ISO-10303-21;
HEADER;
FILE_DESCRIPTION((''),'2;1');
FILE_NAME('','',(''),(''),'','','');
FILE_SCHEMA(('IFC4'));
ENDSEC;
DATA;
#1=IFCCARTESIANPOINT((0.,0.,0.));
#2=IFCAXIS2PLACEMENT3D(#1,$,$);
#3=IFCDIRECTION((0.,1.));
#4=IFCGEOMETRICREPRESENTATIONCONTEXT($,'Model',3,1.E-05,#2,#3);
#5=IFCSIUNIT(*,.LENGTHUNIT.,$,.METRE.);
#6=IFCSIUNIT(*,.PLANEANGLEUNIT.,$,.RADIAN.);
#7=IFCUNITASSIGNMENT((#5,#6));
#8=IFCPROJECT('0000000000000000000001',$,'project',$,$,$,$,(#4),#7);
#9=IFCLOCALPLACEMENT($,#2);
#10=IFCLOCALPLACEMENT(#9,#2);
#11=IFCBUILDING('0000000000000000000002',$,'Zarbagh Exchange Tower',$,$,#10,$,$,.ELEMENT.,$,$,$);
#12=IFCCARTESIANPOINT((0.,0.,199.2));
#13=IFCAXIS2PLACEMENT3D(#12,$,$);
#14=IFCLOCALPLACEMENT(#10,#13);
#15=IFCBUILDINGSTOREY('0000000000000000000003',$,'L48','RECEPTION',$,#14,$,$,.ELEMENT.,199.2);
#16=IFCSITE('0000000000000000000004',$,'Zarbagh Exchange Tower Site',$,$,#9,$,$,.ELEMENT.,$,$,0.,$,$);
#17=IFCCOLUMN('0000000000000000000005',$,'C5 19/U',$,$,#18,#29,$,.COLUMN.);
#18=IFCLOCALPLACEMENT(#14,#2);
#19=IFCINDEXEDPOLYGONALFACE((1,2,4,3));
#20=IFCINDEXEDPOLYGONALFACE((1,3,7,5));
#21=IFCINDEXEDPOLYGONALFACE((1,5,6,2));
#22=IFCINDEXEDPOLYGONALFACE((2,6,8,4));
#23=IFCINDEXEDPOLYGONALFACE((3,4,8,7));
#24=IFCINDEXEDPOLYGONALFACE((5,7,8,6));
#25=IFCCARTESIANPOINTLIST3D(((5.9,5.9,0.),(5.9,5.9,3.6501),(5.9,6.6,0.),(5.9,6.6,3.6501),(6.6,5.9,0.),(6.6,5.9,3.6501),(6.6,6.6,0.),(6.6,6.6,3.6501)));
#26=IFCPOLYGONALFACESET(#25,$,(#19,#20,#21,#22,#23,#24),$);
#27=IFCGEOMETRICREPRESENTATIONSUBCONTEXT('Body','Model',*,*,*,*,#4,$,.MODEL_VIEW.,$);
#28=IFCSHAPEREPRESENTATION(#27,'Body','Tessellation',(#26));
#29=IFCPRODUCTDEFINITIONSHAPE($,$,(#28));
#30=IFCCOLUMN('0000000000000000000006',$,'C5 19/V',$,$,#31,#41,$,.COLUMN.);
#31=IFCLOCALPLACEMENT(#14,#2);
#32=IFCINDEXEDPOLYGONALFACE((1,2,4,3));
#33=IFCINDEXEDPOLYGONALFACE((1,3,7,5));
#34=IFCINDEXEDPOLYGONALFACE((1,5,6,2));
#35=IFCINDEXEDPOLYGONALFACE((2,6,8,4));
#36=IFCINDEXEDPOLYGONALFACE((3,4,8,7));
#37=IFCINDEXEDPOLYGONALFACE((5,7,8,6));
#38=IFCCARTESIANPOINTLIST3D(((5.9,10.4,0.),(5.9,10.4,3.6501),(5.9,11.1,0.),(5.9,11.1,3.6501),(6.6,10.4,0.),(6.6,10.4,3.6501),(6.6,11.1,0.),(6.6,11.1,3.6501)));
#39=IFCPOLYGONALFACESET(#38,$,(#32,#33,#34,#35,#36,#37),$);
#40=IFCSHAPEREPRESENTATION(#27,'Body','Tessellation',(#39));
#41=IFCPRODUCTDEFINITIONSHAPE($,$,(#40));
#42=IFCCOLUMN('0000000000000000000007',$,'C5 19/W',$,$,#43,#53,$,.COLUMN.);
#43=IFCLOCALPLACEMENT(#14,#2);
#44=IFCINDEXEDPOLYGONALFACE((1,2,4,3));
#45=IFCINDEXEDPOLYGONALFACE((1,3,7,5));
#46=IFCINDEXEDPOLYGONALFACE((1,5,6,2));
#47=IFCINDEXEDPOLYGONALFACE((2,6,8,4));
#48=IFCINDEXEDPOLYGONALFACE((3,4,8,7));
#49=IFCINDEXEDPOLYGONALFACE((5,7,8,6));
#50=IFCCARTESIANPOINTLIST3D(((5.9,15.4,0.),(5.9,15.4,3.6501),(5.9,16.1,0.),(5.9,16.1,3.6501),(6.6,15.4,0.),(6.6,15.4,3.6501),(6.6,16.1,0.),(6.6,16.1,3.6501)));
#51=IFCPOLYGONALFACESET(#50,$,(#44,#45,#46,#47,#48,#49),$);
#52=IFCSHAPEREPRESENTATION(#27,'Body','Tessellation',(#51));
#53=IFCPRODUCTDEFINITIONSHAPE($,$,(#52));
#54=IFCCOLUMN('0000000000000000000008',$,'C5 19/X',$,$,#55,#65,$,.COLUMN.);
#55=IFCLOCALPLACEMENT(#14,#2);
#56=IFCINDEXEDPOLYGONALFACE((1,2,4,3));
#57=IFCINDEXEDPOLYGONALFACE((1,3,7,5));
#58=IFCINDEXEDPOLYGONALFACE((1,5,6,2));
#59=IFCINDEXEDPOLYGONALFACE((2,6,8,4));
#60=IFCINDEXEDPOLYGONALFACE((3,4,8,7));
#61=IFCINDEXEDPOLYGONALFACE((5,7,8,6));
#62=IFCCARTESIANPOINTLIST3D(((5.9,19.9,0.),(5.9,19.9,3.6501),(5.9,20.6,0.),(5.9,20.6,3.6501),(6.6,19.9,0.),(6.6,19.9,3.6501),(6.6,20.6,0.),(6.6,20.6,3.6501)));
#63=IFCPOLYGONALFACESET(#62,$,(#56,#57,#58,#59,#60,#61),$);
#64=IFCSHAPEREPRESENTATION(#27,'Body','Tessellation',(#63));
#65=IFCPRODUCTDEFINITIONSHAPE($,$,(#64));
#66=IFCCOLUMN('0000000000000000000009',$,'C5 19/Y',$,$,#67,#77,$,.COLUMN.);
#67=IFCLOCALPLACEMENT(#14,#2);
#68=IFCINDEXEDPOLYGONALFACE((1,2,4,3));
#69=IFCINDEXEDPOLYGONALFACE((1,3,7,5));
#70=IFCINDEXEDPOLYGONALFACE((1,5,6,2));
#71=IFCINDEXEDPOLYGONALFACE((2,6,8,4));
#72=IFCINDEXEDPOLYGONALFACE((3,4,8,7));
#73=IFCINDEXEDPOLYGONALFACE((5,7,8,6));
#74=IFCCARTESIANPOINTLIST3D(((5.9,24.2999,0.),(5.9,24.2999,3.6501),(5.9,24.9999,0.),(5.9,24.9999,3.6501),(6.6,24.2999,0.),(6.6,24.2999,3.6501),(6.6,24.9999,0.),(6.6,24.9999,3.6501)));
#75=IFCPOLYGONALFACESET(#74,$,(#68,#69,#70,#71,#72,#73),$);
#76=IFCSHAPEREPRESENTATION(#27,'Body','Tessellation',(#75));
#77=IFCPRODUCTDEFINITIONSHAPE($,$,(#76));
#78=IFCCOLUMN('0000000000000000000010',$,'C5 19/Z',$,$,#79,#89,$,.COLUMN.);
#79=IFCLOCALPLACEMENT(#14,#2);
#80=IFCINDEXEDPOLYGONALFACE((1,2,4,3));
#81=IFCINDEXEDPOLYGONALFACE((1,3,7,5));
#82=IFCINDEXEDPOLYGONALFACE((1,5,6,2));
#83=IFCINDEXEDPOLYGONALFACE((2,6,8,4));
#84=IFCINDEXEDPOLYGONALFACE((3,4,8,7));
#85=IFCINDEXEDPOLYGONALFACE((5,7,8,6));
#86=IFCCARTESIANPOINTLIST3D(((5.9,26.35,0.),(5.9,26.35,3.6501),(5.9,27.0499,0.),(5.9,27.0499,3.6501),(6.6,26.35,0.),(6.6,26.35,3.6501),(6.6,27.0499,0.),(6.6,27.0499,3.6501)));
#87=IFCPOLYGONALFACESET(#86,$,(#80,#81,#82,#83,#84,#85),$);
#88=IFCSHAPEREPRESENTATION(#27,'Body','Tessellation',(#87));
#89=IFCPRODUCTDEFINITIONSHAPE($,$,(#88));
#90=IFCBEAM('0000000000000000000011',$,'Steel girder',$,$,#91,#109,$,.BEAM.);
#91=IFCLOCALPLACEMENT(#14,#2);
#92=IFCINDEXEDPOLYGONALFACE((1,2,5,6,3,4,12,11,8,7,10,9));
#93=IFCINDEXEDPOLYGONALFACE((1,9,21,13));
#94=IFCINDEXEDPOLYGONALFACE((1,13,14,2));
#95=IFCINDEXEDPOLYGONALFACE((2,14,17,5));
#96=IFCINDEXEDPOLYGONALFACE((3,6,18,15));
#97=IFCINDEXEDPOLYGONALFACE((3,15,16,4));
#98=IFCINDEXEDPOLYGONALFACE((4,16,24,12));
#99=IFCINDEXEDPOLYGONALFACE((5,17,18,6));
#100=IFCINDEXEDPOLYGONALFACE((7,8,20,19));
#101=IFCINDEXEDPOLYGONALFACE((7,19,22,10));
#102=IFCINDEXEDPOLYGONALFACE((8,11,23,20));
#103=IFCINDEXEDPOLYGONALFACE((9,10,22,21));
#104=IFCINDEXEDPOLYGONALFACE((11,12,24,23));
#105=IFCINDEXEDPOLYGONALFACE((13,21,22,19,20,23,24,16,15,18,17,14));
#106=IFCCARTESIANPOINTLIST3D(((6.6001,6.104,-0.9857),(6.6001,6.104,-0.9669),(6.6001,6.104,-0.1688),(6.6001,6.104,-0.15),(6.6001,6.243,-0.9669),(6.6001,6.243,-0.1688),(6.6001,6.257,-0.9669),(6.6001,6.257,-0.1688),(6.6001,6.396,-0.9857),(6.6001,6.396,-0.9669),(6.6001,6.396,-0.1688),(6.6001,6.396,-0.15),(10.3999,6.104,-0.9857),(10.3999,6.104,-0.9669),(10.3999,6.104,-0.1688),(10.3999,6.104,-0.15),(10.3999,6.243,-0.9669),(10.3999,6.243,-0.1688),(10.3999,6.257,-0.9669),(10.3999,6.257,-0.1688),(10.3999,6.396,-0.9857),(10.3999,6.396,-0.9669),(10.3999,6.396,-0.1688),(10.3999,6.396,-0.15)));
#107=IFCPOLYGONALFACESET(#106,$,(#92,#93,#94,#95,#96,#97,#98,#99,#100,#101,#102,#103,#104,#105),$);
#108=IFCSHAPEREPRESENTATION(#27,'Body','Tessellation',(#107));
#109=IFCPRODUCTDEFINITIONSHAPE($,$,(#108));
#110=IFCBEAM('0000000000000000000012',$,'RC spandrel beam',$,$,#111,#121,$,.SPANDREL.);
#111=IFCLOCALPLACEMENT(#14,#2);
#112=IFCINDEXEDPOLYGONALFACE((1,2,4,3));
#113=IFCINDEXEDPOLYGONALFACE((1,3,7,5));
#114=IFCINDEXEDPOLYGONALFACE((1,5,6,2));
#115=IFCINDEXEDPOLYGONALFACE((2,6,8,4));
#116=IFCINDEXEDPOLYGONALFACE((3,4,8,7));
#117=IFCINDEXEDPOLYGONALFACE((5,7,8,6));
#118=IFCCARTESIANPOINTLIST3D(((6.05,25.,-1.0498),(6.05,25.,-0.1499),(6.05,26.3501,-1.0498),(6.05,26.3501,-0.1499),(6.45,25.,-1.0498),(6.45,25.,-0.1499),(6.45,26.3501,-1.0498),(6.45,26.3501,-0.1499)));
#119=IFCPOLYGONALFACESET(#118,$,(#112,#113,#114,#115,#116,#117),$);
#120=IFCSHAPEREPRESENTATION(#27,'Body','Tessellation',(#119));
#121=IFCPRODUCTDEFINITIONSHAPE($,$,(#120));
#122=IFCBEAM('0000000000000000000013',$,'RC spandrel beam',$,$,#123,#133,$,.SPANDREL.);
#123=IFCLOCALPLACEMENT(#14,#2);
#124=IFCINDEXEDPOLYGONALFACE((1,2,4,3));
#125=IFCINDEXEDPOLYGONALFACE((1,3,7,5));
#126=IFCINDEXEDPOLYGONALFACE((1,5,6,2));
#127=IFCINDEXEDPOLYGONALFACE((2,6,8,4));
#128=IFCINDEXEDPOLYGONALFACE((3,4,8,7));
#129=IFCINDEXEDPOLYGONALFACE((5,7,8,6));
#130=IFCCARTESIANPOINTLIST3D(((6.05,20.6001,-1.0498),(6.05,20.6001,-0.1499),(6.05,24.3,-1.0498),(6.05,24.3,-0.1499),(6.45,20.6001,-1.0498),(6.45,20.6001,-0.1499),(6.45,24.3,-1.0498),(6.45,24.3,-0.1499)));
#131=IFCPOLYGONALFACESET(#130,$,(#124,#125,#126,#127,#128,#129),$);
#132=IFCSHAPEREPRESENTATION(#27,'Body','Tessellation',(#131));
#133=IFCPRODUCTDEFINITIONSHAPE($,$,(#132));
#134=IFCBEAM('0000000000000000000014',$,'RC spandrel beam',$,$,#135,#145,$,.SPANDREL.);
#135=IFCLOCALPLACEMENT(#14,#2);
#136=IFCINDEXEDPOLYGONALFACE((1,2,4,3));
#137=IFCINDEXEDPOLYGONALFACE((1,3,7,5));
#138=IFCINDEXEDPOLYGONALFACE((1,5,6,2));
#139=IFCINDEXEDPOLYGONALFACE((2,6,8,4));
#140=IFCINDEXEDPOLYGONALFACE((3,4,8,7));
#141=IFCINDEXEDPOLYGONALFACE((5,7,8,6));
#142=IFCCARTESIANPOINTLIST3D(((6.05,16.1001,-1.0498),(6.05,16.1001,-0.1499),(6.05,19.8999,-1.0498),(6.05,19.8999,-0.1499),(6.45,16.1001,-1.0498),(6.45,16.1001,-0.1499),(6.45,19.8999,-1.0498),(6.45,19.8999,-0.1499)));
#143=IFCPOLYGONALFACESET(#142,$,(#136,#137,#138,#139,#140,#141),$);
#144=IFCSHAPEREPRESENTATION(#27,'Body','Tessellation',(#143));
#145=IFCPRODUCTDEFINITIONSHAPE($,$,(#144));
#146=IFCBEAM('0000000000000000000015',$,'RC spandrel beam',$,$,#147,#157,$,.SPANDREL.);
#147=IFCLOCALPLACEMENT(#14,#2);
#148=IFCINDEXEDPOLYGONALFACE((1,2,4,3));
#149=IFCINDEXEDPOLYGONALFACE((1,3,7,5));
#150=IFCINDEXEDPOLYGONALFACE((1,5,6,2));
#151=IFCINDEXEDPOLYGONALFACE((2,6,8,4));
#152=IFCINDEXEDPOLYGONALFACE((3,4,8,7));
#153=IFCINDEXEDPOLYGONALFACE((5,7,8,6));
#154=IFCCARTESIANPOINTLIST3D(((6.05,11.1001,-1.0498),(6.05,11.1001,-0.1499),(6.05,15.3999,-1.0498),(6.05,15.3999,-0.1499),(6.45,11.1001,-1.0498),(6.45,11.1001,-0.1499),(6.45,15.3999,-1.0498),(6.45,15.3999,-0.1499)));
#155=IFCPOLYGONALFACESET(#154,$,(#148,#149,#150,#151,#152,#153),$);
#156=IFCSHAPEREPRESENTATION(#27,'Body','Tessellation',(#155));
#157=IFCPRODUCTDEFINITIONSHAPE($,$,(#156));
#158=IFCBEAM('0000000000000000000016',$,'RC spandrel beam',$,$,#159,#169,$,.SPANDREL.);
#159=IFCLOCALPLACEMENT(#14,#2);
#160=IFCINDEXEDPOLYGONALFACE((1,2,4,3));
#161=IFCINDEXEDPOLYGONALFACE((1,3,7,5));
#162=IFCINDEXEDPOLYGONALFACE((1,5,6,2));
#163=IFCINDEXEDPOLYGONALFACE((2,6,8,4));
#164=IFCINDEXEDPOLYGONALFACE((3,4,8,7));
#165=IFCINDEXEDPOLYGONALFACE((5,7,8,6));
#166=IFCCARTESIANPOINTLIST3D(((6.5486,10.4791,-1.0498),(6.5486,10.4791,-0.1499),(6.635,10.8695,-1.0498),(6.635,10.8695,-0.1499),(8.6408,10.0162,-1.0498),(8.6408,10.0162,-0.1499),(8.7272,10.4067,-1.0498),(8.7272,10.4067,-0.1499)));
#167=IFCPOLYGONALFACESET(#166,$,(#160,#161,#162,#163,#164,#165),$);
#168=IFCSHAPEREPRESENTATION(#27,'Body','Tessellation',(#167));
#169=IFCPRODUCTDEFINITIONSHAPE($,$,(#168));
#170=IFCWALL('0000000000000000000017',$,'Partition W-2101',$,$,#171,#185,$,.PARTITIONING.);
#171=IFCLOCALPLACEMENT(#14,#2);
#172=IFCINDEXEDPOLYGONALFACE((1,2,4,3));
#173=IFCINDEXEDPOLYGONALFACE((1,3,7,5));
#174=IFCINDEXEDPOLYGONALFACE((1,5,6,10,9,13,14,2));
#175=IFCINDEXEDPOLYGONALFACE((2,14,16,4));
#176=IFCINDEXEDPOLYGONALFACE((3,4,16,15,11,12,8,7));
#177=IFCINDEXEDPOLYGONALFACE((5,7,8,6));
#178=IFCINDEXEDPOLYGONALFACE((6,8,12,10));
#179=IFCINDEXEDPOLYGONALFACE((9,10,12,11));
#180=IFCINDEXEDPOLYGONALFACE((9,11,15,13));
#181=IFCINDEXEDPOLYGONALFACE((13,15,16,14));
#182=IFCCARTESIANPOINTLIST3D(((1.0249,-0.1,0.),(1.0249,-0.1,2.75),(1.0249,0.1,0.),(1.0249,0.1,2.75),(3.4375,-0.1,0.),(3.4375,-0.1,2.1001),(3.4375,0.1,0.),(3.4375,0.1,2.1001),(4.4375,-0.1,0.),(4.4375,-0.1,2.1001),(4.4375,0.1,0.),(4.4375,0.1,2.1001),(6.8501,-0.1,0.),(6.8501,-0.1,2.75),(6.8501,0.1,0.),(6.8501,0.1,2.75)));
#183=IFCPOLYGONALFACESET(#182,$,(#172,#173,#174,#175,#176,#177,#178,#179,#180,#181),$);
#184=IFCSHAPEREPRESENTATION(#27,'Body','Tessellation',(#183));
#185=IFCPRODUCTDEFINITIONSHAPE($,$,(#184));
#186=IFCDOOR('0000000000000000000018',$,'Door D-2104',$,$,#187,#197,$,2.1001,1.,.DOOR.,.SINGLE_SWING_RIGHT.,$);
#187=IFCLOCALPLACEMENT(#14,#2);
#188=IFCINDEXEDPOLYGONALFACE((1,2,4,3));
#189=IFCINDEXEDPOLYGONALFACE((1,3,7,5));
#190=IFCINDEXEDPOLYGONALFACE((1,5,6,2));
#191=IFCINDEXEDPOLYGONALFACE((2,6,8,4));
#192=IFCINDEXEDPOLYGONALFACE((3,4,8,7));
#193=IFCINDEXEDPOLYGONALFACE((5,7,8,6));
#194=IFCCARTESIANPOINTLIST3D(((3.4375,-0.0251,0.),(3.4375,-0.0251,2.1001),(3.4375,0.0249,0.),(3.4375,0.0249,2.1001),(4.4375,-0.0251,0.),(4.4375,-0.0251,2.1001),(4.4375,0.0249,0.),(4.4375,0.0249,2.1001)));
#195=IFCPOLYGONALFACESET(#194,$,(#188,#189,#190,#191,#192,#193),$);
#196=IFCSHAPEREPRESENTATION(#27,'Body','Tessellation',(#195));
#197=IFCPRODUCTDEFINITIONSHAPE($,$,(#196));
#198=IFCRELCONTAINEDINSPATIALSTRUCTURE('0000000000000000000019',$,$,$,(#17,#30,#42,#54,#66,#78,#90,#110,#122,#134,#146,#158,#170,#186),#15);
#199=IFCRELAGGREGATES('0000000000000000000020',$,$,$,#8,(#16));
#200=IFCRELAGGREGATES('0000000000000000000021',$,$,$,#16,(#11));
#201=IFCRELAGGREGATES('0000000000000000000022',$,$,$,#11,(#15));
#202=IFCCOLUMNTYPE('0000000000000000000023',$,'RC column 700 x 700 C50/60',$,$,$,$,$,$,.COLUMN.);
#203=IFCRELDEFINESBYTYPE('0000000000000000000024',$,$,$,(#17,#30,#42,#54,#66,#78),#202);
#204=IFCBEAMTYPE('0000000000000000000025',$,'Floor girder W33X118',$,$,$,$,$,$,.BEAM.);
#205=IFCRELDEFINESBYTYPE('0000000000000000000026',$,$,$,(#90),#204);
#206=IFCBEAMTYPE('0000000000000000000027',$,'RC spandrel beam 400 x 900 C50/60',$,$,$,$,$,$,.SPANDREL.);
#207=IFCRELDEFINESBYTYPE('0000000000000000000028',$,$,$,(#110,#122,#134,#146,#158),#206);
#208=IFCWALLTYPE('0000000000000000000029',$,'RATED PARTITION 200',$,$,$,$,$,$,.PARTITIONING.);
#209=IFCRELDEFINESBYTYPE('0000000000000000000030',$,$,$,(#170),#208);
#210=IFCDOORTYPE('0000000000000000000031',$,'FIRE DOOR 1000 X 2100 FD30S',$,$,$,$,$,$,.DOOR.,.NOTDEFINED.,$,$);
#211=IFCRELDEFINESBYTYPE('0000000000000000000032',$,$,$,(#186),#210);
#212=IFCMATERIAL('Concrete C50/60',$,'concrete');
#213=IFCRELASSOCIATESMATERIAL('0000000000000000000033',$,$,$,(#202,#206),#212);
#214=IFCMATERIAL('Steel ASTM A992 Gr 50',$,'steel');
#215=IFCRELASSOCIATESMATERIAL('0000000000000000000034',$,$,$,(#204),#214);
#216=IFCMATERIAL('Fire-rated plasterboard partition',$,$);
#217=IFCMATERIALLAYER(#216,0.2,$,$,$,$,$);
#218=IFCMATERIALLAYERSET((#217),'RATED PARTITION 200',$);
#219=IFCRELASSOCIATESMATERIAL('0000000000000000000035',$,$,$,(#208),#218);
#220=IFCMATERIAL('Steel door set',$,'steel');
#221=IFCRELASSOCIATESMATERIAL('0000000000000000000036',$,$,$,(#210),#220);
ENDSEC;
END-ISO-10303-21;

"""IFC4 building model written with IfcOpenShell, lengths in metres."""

from ifc_helpers import new_model, si_unit, direction, frame, frame_2d, origin, origin_2d, place, context, subcontext, project, spatial, rectangle, i_section, extrude, material, layer, layer_set, material_profile, profile_set, type_object, element, fill, save


model = new_model("IFC4")

# Units and contexts
model_context = context("Model", 3, precision=1e-05, world=origin(), true_north=direction((0.0, 1.0)))
body_context = subcontext(model_context, "Body", "Model", "MODEL_VIEW")
ifc_project = project(units=[si_unit("LENGTHUNIT", "METRE"), si_unit("PLANEANGLEUNIT", "RADIAN")], contexts=[model_context])

# Site, building, storey
site_placement = place(None, origin())
site = spatial("IfcSite", under=ifc_project, at=site_placement, Name="Zarbagh Exchange Tower Site", CompositionType="ELEMENT", RefElevation=0.0)
building_placement = place(site_placement, origin())
building = spatial("IfcBuilding", under=site, at=building_placement, Name="Zarbagh Exchange Tower", CompositionType="ELEMENT")
storey_placement = place(building_placement, frame((0.0, 0.0, 199.2)))
storey = spatial("IfcBuildingStorey", under=building, at=storey_placement, Name="L48", Description="RECEPTION", CompositionType="ELEMENT", Elevation=199.2)

# Columns
ifc_material_1 = material(Name="Concrete C50/60", Category="concrete")
ifc_material_profile_1 = material_profile(ifc_material_1, rectangle(XDim=0.7, YDim=0.7, at=origin_2d()), Name="RC column 700 x 700 C50/60")
ifc_profile_set_1 = profile_set([ifc_material_profile_1], Name="Concrete C50/60")
column_type = type_object("IfcColumnType", Name="RC column 700 x 700 C50/60", PredefinedType="COLUMN", material=ifc_profile_set_1)
for number, where, z_axis, x_axis, name in (
    (1, (6.25, 6.25, 0.0), (0.0, 0.0, 1.0), (1.0, 0.0, 0.0), "C5 19/U"),
    (2, (6.25, 10.75, 0.0), (0.0, 0.0, 1.0), (1.0, 0.0, 0.0), "C5 19/V"),
    (3, (6.25, 15.75, 0.0), (0.0, 0.0, 1.0), (1.0, 0.0, 0.0), "C5 19/W"),
    (4, (6.25, 20.25, 0.0), (0.0, 0.0, 1.0), (1.0, 0.0, 0.0), "C5 19/X"),
    (5, (6.25, 24.6499, 0.0), (0.0, 0.0, 1.0), (1.0, 0.0, 0.0), "C5 19/Y"),
    (6, (6.25, 26.7, 0.0), (0.0, 0.0, 1.0), (1.0, 0.0, 0.0), "C5 19/Z"),
):
    element("IfcColumn", number, at=place(storey_placement, frame(where, z_axis=z_axis, x_axis=x_axis)), inside=storey, type_object=column_type, Name=name, PredefinedType="COLUMN", context=body_context, shape_type="SweptSolid", body=[
        extrude(rectangle(XDim=0.7, YDim=0.7, at=origin_2d()), origin(), (0.0, 0.0, 1.0), 3.6501),
    ])

# Beams
ifc_material_2 = material(Name="Steel ASTM A992 Gr 50", Category="steel")
ifc_material_profile_2 = material_profile(ifc_material_2, i_section(OverallWidth=0.292, OverallDepth=0.8357, WebThickness=0.0139, FlangeThickness=0.0188, at=origin_2d()), Name="W33X118")
ifc_profile_set_2 = profile_set([ifc_material_profile_2], Name="Steel ASTM A992 Gr 50")
beam_type_1 = type_object("IfcBeamType", Name="Floor girder W33X118", PredefinedType="BEAM", material=ifc_profile_set_2)
beam_1_placement = place(storey_placement, frame((6.6001, 6.25, -0.5679), z_axis=(1.0, 0.0, 0.0), x_axis=(0.0, 1.0, 0.0)))
element("IfcBeam", 7, at=beam_1_placement, inside=storey, type_object=beam_type_1, Name="Steel girder", PredefinedType="BEAM", context=body_context, shape_type="SweptSolid", body=[
    extrude(i_section(OverallWidth=0.292, OverallDepth=0.8357, WebThickness=0.0139, FlangeThickness=0.0188, at=origin_2d()), origin(), (0.0, 0.0, 1.0), 3.7998),
])
ifc_material_profile_3 = material_profile(ifc_material_1, rectangle(XDim=0.3999, YDim=0.8999, at=origin_2d()), Name="RC spandrel beam 400 x 900 C50/60")
ifc_profile_set_3 = profile_set([ifc_material_profile_3], Name="Concrete C50/60")
beam_type_2 = type_object("IfcBeamType", Name="RC spandrel beam 400 x 900 C50/60", PredefinedType="SPANDREL", material=ifc_profile_set_3)
beam_2_placement = place(storey_placement, frame((6.25, 26.3501, -0.5999), z_axis=(0.0, -1.0, 0.0), x_axis=(1.0, 0.0, 0.0)))
element("IfcBeam", 8, at=beam_2_placement, inside=storey, type_object=beam_type_2, Name="RC spandrel beam", PredefinedType="SPANDREL", context=body_context, shape_type="SweptSolid", body=[
    extrude(rectangle(XDim=0.3999, YDim=0.8999, at=origin_2d()), origin(), (0.0, 0.0, 1.0), 1.3501),
])
beam_3_placement = place(storey_placement, frame((6.25, 24.3, -0.5999), z_axis=(0.0, -1.0, 0.0), x_axis=(1.0, 0.0, 0.0)))
element("IfcBeam", 9, at=beam_3_placement, inside=storey, type_object=beam_type_2, Name="RC spandrel beam", PredefinedType="SPANDREL", context=body_context, shape_type="SweptSolid", body=[
    extrude(rectangle(XDim=0.3999, YDim=0.8999, at=origin_2d()), origin(), (0.0, 0.0, 1.0), 3.7),
])
beam_4_placement = place(storey_placement, frame((6.25, 19.8999, -0.5999), z_axis=(0.0, -1.0, 0.0), x_axis=(1.0, 0.0, 0.0)))
element("IfcBeam", 10, at=beam_4_placement, inside=storey, type_object=beam_type_2, Name="RC spandrel beam", PredefinedType="SPANDREL", context=body_context, shape_type="SweptSolid", body=[
    extrude(rectangle(XDim=0.3999, YDim=0.8999, at=origin_2d()), origin(), (0.0, 0.0, 1.0), 3.7998),
])
beam_5_placement = place(storey_placement, frame((6.25, 15.3999, -0.5999), z_axis=(0.0, -1.0, 0.0), x_axis=(1.0, 0.0, 0.0)))
element("IfcBeam", 11, at=beam_5_placement, inside=storey, type_object=beam_type_2, Name="RC spandrel beam", PredefinedType="SPANDREL", context=body_context, shape_type="SweptSolid", body=[
    extrude(rectangle(XDim=0.3999, YDim=0.8999, at=origin_2d()), origin(), (0.0, 0.0, 1.0), 4.2998),
])
beam_6_placement = place(storey_placement, frame((6.5918, 10.6743, -0.5999), z_axis=(0.97639, -0.216014, 0.0), x_axis=(0.216014, 0.97639, 0.0)))
element("IfcBeam", 12, at=beam_6_placement, inside=storey, type_object=beam_type_2, Name="RC spandrel beam", PredefinedType="SPANDREL", context=body_context, shape_type="SweptSolid", body=[
    extrude(rectangle(XDim=0.3999, YDim=0.8999, at=origin_2d()), origin(), (0.0, 0.0, 1.0), 2.1428),
])

# Wall, opening, door
ifc_material_3 = material(Name="Fire-rated plasterboard partition")
ifc_layer_1 = layer(ifc_material_3, 0.2)
ifc_layer_set_1 = layer_set([ifc_layer_1], Name="RATED PARTITION 200")
wall_type_1 = type_object("IfcWallType", Name="RATED PARTITION 200", PredefinedType="PARTITIONING", material=ifc_layer_set_1)
wall_1_placement = place(storey_placement, frame((1.0249, 0.0, 0.0), z_axis=(0.0, 0.0, 1.0), x_axis=(1.0, 0.0, 0.0)))
wall_1 = element("IfcWall", 13, at=wall_1_placement, inside=storey, type_object=wall_type_1, Name="Partition W-2101", PredefinedType="PARTITIONING", context=body_context, shape_type="SweptSolid", body=[
    extrude(rectangle(XDim=5.8252, YDim=0.2, at=frame_2d((2.9126, 0.0))), origin(), (0.0, 0.0, 1.0), 2.75),
])
opening_1_placement = place(wall_1_placement, frame((2.4126, 0.0, 0.0)))
opening_1 = element("IfcOpeningElement", 14, at=opening_1_placement, cuts=wall_1, PredefinedType="OPENING", context=body_context, shape_type="SweptSolid", body=[
    extrude(rectangle(XDim=1.0, YDim=2.1001, at=frame_2d((0.5, 1.05))), frame((0.0, 0.1099, 0.0), z_axis=(0.0, -1.0, 0.0), x_axis=(1.0, 0.0, 0.0)), (0.0, 0.0, 1.0), 0.22),
])
ifc_material_4 = material(Name="Steel door set", Category="steel")
door_type_1 = type_object("IfcDoorType", Name="FIRE DOOR 1000 X 2100 FD30S", OperationType="NOTDEFINED", PredefinedType="DOOR", material=ifc_material_4)
door_1_placement = place(opening_1_placement, origin())
door_1 = element("IfcDoor", 15, at=door_1_placement, inside=storey, type_object=door_type_1, Name="Door D-2104", OperationType="SINGLE_SWING_RIGHT", OverallHeight=2.1001, OverallWidth=1.0, PredefinedType="DOOR", context=body_context, shape_type="SweptSolid", body=[
    extrude(rectangle(XDim=1.0, YDim=2.1001, at=frame_2d((0.5, 1.05))), frame((0.0, 0.0249, 0.0), z_axis=(0.0, -1.0, 0.0), x_axis=(1.0, 0.0, 0.0)), (0.0, 0.0, 1.0), 0.05),
])
fill(opening_1, door_1)

save(model, "model.ifc")
